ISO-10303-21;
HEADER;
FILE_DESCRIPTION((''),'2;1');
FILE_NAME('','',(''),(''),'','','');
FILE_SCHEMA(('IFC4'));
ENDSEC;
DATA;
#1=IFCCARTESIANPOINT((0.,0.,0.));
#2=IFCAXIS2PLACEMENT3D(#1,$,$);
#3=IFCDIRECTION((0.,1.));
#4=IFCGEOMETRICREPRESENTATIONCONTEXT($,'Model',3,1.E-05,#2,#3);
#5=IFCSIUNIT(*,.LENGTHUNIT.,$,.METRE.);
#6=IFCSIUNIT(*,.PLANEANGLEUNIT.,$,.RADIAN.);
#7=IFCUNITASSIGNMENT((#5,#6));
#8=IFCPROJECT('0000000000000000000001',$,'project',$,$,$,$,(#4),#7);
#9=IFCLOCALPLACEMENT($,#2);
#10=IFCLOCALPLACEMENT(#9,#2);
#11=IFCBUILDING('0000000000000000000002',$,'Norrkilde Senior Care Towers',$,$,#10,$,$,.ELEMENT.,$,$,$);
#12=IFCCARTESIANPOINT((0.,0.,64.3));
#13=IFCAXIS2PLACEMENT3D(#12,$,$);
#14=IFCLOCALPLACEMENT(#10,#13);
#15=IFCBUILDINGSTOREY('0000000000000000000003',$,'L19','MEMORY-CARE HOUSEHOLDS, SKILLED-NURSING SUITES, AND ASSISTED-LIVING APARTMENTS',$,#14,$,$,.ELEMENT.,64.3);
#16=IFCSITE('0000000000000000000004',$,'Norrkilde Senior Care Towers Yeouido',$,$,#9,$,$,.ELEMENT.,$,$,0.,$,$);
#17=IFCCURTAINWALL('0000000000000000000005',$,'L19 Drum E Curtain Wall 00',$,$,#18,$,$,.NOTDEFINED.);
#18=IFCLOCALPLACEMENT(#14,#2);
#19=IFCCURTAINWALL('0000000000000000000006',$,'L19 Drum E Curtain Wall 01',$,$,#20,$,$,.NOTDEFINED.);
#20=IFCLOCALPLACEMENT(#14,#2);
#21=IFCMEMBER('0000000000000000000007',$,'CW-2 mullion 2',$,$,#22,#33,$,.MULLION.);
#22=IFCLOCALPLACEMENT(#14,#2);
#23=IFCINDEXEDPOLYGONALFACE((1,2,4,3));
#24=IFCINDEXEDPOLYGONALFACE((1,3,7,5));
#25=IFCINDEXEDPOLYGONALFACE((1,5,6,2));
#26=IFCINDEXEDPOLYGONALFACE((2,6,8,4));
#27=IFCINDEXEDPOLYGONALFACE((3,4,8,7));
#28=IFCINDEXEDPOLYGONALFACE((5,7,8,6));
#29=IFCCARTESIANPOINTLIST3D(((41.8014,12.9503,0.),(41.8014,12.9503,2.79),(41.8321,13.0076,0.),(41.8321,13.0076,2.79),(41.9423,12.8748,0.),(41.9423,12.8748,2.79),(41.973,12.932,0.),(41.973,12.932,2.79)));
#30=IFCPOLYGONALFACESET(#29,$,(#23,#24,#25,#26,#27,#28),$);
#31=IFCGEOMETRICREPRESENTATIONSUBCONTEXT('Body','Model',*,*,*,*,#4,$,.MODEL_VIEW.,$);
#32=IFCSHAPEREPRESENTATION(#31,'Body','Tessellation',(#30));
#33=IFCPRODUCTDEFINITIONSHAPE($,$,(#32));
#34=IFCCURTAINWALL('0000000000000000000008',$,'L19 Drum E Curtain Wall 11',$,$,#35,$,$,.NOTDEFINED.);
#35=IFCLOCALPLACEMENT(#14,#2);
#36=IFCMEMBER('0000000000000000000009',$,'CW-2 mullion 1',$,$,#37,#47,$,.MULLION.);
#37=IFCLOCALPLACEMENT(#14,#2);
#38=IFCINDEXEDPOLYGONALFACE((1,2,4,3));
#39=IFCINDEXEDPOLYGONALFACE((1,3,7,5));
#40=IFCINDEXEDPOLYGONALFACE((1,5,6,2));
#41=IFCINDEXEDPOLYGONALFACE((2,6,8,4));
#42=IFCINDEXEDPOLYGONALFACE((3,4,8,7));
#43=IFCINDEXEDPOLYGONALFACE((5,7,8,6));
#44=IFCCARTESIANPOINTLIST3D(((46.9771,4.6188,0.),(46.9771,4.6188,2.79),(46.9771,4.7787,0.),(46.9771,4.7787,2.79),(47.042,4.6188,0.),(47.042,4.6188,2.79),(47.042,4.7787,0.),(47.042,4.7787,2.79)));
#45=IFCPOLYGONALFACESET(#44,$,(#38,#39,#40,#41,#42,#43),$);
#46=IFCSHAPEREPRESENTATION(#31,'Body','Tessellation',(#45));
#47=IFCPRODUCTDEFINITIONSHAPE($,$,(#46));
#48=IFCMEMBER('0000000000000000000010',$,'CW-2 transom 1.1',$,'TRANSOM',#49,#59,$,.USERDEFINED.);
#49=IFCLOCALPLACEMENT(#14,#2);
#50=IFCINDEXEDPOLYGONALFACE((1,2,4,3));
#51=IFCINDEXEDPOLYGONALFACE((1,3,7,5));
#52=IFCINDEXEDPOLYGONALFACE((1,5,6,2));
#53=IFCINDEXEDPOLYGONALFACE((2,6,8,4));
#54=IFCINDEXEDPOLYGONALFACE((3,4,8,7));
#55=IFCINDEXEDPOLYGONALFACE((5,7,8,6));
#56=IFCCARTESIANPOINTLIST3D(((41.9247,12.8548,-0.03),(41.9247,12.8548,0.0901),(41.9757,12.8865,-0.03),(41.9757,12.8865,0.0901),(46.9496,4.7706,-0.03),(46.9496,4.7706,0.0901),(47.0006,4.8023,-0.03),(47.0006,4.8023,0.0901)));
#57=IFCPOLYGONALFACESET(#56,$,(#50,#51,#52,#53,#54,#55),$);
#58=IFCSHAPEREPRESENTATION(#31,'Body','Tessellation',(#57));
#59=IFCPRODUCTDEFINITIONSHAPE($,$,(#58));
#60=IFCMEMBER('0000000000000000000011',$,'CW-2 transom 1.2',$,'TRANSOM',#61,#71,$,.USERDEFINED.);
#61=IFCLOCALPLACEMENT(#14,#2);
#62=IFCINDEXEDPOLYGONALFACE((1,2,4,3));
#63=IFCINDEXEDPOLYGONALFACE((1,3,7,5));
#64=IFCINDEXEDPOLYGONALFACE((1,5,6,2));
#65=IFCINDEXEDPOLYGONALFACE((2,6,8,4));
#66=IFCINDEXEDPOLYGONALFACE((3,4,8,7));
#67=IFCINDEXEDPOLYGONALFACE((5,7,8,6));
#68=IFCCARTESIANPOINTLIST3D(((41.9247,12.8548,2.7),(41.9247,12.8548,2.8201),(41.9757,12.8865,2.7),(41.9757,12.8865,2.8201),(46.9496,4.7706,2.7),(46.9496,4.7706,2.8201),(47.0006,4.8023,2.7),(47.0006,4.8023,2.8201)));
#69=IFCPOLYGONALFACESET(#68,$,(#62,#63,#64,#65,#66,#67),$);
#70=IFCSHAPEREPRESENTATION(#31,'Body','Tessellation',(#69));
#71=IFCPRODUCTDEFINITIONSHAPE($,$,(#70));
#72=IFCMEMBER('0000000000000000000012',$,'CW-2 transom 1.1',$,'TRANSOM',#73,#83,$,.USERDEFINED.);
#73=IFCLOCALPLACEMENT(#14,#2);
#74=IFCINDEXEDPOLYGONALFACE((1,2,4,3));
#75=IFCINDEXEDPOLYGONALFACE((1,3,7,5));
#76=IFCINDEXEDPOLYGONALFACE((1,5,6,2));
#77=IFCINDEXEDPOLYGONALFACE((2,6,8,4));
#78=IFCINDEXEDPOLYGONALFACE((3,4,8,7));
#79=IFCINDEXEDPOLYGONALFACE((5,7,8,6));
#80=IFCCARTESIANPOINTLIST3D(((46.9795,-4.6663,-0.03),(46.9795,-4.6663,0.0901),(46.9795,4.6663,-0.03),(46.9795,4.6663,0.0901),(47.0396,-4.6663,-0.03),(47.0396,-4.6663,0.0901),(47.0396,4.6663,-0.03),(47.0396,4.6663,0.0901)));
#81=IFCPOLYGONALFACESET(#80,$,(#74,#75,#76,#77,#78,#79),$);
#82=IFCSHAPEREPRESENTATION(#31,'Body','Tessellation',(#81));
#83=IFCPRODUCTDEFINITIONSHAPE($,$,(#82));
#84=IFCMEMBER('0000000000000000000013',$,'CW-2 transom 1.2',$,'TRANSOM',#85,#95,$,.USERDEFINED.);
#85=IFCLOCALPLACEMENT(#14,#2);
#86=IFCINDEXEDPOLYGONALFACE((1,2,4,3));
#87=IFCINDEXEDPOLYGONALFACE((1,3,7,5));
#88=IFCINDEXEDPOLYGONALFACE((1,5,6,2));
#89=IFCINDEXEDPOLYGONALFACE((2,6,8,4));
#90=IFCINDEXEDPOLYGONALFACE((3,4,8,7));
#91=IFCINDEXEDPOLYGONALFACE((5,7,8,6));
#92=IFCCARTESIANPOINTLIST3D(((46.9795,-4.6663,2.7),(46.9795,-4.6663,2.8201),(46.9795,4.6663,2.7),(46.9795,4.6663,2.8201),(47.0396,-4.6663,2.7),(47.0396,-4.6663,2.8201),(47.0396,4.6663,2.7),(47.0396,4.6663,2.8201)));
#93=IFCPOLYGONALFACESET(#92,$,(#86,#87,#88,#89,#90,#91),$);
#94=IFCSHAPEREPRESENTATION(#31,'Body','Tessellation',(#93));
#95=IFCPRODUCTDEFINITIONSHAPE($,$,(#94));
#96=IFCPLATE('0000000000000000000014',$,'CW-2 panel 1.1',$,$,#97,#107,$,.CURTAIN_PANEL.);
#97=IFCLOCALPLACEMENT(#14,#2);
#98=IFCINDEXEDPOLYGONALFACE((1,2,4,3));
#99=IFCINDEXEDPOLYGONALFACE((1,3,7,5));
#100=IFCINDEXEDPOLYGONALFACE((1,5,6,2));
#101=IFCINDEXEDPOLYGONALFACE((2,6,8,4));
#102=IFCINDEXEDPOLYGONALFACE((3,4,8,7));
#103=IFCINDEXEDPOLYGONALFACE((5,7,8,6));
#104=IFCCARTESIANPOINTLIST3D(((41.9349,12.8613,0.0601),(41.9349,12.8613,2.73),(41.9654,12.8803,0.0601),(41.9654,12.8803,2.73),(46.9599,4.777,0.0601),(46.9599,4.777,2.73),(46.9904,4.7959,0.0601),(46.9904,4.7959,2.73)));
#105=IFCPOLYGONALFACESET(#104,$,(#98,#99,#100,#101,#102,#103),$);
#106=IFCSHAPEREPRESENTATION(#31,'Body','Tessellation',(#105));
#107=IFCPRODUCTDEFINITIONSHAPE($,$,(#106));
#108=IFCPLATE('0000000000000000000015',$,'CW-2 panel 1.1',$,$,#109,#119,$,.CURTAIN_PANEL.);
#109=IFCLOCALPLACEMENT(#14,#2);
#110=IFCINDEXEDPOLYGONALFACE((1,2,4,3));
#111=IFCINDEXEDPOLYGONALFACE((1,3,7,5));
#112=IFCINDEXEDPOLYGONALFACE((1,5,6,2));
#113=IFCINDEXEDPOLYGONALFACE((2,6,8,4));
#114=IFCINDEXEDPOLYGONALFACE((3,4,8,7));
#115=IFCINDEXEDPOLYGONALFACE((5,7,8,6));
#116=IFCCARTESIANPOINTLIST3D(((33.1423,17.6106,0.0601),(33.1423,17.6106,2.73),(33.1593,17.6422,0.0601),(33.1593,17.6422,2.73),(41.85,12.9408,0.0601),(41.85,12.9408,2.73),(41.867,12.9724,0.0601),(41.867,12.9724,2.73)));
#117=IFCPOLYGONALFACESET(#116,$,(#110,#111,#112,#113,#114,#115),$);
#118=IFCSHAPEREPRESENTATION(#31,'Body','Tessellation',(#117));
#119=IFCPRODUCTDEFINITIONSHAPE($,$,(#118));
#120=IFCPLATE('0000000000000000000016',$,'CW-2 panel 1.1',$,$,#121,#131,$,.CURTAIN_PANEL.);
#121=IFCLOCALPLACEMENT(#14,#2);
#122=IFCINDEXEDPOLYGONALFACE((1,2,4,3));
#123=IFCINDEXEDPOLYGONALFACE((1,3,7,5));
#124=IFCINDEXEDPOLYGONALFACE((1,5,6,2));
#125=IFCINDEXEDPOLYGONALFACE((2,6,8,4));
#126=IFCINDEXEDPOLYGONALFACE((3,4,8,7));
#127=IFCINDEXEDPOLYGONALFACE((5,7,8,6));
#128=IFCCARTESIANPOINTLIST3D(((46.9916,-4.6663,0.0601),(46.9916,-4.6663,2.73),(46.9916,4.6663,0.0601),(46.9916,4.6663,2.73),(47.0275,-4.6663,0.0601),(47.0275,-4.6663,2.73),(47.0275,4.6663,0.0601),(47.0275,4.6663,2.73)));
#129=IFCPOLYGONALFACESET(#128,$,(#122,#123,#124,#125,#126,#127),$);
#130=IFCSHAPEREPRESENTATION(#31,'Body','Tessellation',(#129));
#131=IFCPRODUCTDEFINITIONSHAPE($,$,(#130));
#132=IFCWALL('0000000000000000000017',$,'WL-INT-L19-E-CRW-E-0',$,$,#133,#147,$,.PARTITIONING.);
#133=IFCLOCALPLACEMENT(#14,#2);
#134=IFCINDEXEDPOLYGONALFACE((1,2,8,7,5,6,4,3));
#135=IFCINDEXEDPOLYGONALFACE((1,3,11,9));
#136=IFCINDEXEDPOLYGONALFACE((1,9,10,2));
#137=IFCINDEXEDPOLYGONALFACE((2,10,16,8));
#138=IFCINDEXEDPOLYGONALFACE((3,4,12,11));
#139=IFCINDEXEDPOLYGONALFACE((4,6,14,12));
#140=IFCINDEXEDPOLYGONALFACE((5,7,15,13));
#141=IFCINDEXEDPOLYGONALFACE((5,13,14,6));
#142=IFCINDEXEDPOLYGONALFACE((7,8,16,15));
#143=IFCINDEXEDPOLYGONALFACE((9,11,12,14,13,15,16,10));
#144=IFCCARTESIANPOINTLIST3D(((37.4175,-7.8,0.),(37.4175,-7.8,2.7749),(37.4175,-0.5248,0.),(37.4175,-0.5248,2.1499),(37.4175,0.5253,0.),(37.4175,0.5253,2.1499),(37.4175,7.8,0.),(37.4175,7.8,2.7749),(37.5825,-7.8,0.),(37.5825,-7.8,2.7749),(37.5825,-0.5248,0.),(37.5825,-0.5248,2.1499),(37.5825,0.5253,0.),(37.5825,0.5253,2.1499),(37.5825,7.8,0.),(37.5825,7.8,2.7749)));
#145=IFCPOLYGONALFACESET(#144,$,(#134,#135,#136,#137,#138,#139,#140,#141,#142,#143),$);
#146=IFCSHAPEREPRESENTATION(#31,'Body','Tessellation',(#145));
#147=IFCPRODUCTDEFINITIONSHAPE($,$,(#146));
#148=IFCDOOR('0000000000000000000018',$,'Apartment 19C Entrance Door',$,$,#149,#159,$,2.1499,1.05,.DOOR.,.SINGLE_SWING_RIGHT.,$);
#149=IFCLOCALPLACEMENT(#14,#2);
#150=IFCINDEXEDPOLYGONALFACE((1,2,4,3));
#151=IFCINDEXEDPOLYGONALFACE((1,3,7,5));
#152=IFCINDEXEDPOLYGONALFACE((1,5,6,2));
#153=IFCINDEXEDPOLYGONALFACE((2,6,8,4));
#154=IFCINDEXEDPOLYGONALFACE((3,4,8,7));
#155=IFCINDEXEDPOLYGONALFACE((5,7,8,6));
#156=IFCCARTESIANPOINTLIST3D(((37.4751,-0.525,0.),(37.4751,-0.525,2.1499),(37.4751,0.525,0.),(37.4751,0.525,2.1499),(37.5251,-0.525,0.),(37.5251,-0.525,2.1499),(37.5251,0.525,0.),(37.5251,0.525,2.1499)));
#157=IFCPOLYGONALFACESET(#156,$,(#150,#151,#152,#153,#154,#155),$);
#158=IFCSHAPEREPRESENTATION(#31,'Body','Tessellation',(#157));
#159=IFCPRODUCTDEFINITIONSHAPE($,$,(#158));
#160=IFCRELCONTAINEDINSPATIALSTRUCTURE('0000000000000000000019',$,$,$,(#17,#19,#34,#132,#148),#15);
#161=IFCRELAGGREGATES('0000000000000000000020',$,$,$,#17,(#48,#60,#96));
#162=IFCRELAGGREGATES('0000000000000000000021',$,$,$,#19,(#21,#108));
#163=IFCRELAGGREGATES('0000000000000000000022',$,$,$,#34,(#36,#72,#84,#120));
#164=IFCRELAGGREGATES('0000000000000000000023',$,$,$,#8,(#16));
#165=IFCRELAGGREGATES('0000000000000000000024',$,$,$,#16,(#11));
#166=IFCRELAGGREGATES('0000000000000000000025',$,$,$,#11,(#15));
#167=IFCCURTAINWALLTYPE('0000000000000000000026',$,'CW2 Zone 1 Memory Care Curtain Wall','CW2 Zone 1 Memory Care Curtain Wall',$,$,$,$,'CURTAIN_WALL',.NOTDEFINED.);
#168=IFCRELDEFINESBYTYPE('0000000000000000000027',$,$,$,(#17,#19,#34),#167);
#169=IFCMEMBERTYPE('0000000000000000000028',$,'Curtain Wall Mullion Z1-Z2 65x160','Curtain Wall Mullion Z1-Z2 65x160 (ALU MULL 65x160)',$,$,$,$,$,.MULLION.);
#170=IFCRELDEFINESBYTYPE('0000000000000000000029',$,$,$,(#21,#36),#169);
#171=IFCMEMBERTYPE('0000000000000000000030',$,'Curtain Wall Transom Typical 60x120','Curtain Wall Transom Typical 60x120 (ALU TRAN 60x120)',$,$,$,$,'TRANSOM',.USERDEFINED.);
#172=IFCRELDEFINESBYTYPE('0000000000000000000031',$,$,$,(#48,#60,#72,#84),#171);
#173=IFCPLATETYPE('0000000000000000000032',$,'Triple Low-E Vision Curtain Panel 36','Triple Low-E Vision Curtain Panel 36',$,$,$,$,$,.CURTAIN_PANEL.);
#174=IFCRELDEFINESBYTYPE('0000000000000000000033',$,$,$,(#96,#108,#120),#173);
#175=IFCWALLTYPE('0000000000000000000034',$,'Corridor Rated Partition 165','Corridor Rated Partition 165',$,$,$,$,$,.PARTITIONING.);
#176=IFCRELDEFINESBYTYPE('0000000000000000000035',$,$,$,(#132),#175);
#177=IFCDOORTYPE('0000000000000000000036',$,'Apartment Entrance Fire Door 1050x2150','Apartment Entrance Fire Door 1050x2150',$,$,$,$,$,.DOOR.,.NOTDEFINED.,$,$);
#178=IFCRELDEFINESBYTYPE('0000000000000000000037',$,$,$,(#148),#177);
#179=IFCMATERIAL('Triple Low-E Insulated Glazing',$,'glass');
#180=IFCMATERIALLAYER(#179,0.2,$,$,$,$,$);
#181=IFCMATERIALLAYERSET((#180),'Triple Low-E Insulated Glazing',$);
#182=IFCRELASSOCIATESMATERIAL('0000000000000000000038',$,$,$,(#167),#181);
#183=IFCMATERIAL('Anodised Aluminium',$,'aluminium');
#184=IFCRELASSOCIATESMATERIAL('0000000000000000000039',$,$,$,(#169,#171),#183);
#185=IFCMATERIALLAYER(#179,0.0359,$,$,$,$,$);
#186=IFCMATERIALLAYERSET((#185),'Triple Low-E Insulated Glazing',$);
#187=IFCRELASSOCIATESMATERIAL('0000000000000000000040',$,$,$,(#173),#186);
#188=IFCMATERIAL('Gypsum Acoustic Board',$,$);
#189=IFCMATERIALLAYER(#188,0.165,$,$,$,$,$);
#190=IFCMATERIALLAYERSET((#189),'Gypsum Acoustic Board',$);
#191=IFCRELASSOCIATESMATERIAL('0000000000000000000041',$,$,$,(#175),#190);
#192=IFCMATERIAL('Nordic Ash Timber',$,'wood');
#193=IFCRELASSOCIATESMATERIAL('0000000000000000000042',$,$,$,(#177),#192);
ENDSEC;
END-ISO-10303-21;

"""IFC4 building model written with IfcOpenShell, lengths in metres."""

from ifc_helpers import new_model, si_unit, direction, frame, frame_2d, origin, origin_2d, place, context, subcontext, project, spatial, rectangle, extrude, source, transform, mapped, material, layer, layer_set, material_profile, profile_set, type_object, type_shapes, element, fill, aggregate, save


model = new_model("IFC4")

# Units and contexts
model_context = context("Model", 3, precision=1e-05, world=origin(), true_north=direction((0.0, 1.0)))
body_context = subcontext(model_context, "Body", "Model", "MODEL_VIEW")
ifc_project = project(units=[si_unit("LENGTHUNIT", "METRE"), si_unit("PLANEANGLEUNIT", "RADIAN")], contexts=[model_context])

# Site, building, storey
site_placement = place(None, origin())
site = spatial("IfcSite", under=ifc_project, at=site_placement, Name="Norrkilde Senior Care Towers Yeouido", CompositionType="ELEMENT", RefElevation=0.0)
building_placement = place(site_placement, origin())
building = spatial("IfcBuilding", under=site, at=building_placement, Name="Norrkilde Senior Care Towers", CompositionType="ELEMENT")
storey_placement = place(building_placement, frame((0.0, 0.0, 64.3)))
storey = spatial("IfcBuildingStorey", under=building, at=storey_placement, Name="L19", Description="MEMORY-CARE HOUSEHOLDS, SKILLED-NURSING SUITES, AND ASSISTED-LIVING APARTMENTS", CompositionType="ELEMENT", Elevation=64.3)

# Curtain wall
ifc_material_1 = material(Name="Triple Low-E Insulated Glazing", Category="glass")
ifc_layer_1 = layer(ifc_material_1, 0.2)
ifc_layer_set_1 = layer_set([ifc_layer_1], Name="Triple Low-E Insulated Glazing")
curtain_wall_type = type_object("IfcCurtainWallType", Name="CW2 Zone 1 Memory Care Curtain Wall", Description="CW2 Zone 1 Memory Care Curtain Wall", ElementType="CURTAIN_WALL", PredefinedType="NOTDEFINED", material=ifc_layer_set_1)
curtain_wall_1_placement = place(storey_placement, origin())
curtain_wall_1 = element("IfcCurtainWall", 1, at=curtain_wall_1_placement, inside=storey, type_object=curtain_wall_type, Name="L19 Drum E Curtain Wall 00", PredefinedType="NOTDEFINED")
ifc_material_2 = material(Name="Anodised Aluminium", Category="aluminium")
ifc_material_profile_1 = material_profile(ifc_material_2, rectangle(XDim=0.0649, YDim=0.1599, at=origin_2d()), Name="ALU MULL 65x160")
ifc_profile_set_1 = profile_set([ifc_material_profile_1], Name="Anodised Aluminium")
member_type_1 = type_object("IfcMemberType", Name="Curtain Wall Mullion Z1-Z2 65x160", Description="Curtain Wall Mullion Z1-Z2 65x160 (ALU MULL 65x160)", PredefinedType="MULLION", material=ifc_profile_set_1)
shared_shape_1 = source(origin(), body_context, "Body", "SweptSolid", [
    extrude(rectangle(XDim=0.0649, YDim=0.1599, at=origin_2d()), origin(), (0.0, 0.0, 1.0), 2.79),
])
type_shapes(member_type_1, [shared_shape_1])

# Curtain walls, members
curtain_wall_2_placement = place(storey_placement, origin())
curtain_wall_2 = element("IfcCurtainWall", 2, at=curtain_wall_2_placement, inside=storey, type_object=curtain_wall_type, Name="L19 Drum E Curtain Wall 01", PredefinedType="NOTDEFINED")
member_1_placement = place(storey_placement, frame((41.8872, 12.9412, 0.0), z_axis=(0.0, 0.0, 1.0), x_axis=(0.472608, 0.881273, 0.0)))
member_1 = element("IfcMember", 3, at=member_1_placement, type_object=member_type_1, Name="CW-2 mullion 2", PredefinedType="MULLION", context=body_context, shape_type="MappedRepresentation", body=[
    mapped(shared_shape_1, transform((0.0, 0.0, 0.0), x_axis=(1.0, 0.0, 0.0), y_axis=(0.0, 1.0, 0.0), z_axis=(0.0, 0.0, 1.0), scale=1.0)),
])
curtain_wall_3_placement = place(storey_placement, origin())
curtain_wall_3 = element("IfcCurtainWall", 4, at=curtain_wall_3_placement, inside=storey, type_object=curtain_wall_type, Name="L19 Drum E Curtain Wall 11", PredefinedType="NOTDEFINED")
member_2_placement = place(storey_placement, frame((47.0095, 4.6987, 0.0), z_axis=(0.0, 0.0, 1.0), x_axis=(1.0, 0.0, 0.0)))
member_2 = element("IfcMember", 5, at=member_2_placement, type_object=member_type_1, Name="CW-2 mullion 1", PredefinedType="MULLION", context=body_context, shape_type="MappedRepresentation", body=[
    mapped(shared_shape_1, transform((0.0, 0.0, 0.0), x_axis=(1.0, 0.0, 0.0), y_axis=(0.0, 1.0, 0.0), z_axis=(0.0, 0.0, 1.0), scale=1.0)),
])

# Members
ifc_material_profile_2 = material_profile(ifc_material_2, rectangle(XDim=0.0601, YDim=0.1201, at=origin_2d()), Name="ALU TRAN 60x120")
ifc_profile_set_2 = profile_set([ifc_material_profile_2], Name="Anodised Aluminium")
member_type_2 = type_object("IfcMemberType", Name="Curtain Wall Transom Typical 60x120", Description="Curtain Wall Transom Typical 60x120 (ALU TRAN 60x120)", ElementType="TRANSOM", PredefinedType="USERDEFINED", material=ifc_profile_set_2)
shared_shape_2 = source(origin(), body_context, "Body", "SweptSolid", [
    extrude(rectangle(XDim=0.0601, YDim=0.1201, at=origin_2d()), origin(), (0.0, 0.0, 1.0), 9.5186),
])
member_3_placement = place(storey_placement, frame((41.9502, 12.8706, 0.03), z_axis=(0.527902, -0.849306, 0.0), x_axis=(0.849306, 0.527902, 0.0)))
member_3 = element("IfcMember", 6, at=member_3_placement, type_object=member_type_2, Name="CW-2 transom 1.1", ObjectType="TRANSOM", PredefinedType="USERDEFINED", context=body_context, shape_type="MappedRepresentation", body=[
    mapped(shared_shape_2, transform((0.0, 0.0, 0.0), x_axis=(1.0, 0.0, 0.0), y_axis=(0.0, 1.0, 0.0), z_axis=(0.0, 0.0, 1.0), scale=1.0)),
])
member_4_placement = place(storey_placement, frame((41.9502, 12.8706, 2.76), z_axis=(0.527902, -0.849306, 0.0), x_axis=(0.849306, 0.527902, 0.0)))
member_4 = element("IfcMember", 7, at=member_4_placement, type_object=member_type_2, Name="CW-2 transom 1.2", ObjectType="TRANSOM", PredefinedType="USERDEFINED", context=body_context, shape_type="MappedRepresentation", body=[
    mapped(shared_shape_2, transform((0.0, 0.0, 0.0), x_axis=(1.0, 0.0, 0.0), y_axis=(0.0, 1.0, 0.0), z_axis=(0.0, 0.0, 1.0), scale=1.0)),
])
shared_shape_3 = source(origin(), body_context, "Body", "SweptSolid", [
    extrude(rectangle(XDim=0.0601, YDim=0.1201, at=origin_2d()), origin(), (0.0, 0.0, 1.0), 9.3325),
])
type_shapes(member_type_2, [shared_shape_2, shared_shape_3])
member_5_placement = place(storey_placement, frame((47.0095, 4.6663, 0.03), z_axis=(0.0, -1.0, 0.0), x_axis=(1.0, 0.0, 0.0)))
member_5 = element("IfcMember", 8, at=member_5_placement, type_object=member_type_2, Name="CW-2 transom 1.1", ObjectType="TRANSOM", PredefinedType="USERDEFINED", context=body_context, shape_type="MappedRepresentation", body=[
    mapped(shared_shape_3, transform((0.0, 0.0, 0.0), x_axis=(1.0, 0.0, 0.0), y_axis=(0.0, 1.0, 0.0), z_axis=(0.0, 0.0, 1.0), scale=1.0)),
])
member_6_placement = place(storey_placement, frame((47.0095, 4.6663, 2.76), z_axis=(0.0, -1.0, 0.0), x_axis=(1.0, 0.0, 0.0)))
member_6 = element("IfcMember", 9, at=member_6_placement, type_object=member_type_2, Name="CW-2 transom 1.2", ObjectType="TRANSOM", PredefinedType="USERDEFINED", context=body_context, shape_type="MappedRepresentation", body=[
    mapped(shared_shape_3, transform((0.0, 0.0, 0.0), x_axis=(1.0, 0.0, 0.0), y_axis=(0.0, 1.0, 0.0), z_axis=(0.0, 0.0, 1.0), scale=1.0)),
])

# Plates
ifc_layer_2 = layer(ifc_material_1, 0.0359)
ifc_layer_set_2 = layer_set([ifc_layer_2], Name="Triple Low-E Insulated Glazing")
plate_type = type_object("IfcPlateType", Name="Triple Low-E Vision Curtain Panel 36", Description="Triple Low-E Vision Curtain Panel 36", PredefinedType="CURTAIN_PANEL", material=ifc_layer_set_2)
shared_shape_4 = source(origin(), body_context, "Body", "SweptSolid", [
    extrude(rectangle(XDim=9.5188, YDim=0.0359, at=origin_2d()), origin(), (0.0, 0.0, 1.0), 2.6699),
])
plate_1_placement = place(storey_placement, frame((44.4626, 8.8286, 0.0601), z_axis=(0.0, 0.0, 1.0), x_axis=(0.527901, -0.849306, 0.0)))
plate_1 = element("IfcPlate", 10, at=plate_1_placement, type_object=plate_type, Name="CW-2 panel 1.1", PredefinedType="CURTAIN_PANEL", context=body_context, shape_type="MappedRepresentation", body=[
    mapped(shared_shape_4, transform((0.0, 0.0, 0.0), x_axis=(1.0, 0.0, 0.0), y_axis=(0.0, 1.0, 0.0), z_axis=(0.0, 0.0, 1.0), scale=1.0)),
])
aggregate(curtain_wall_1, [member_3, member_4, plate_1])
shared_shape_5 = source(origin(), body_context, "Body", "SweptSolid", [
    extrude(rectangle(XDim=9.8809, YDim=0.0359, at=origin_2d()), origin(), (0.0, 0.0, 1.0), 2.6699),
])
plate_2_placement = place(storey_placement, frame((37.5046, 15.2915, 0.0601), z_axis=(0.0, 0.0, 1.0), x_axis=(0.881273, -0.472608, 0.0)))
plate_2 = element("IfcPlate", 11, at=plate_2_placement, type_object=plate_type, Name="CW-2 panel 1.1", PredefinedType="CURTAIN_PANEL", context=body_context, shape_type="MappedRepresentation", body=[
    mapped(shared_shape_5, transform((0.0, 0.0, 0.0), x_axis=(1.0, 0.0, 0.0), y_axis=(0.0, 1.0, 0.0), z_axis=(0.0, 0.0, 1.0), scale=1.0)),
])
aggregate(curtain_wall_2, [member_1, plate_2])
shared_shape_6 = source(origin(), body_context, "Body", "SweptSolid", [
    extrude(rectangle(XDim=9.3325, YDim=0.0359, at=origin_2d()), origin(), (0.0, 0.0, 1.0), 2.6699),
])
type_shapes(plate_type, [shared_shape_4, shared_shape_5, shared_shape_6])
plate_3_placement = place(storey_placement, frame((47.0095, 0.0, 0.0601), z_axis=(0.0, 0.0, 1.0), x_axis=(0.0, -1.0, 0.0)))
plate_3 = element("IfcPlate", 12, at=plate_3_placement, type_object=plate_type, Name="CW-2 panel 1.1", PredefinedType="CURTAIN_PANEL", context=body_context, shape_type="MappedRepresentation", body=[
    mapped(shared_shape_6, transform((0.0, 0.0, 0.0), x_axis=(1.0, 0.0, 0.0), y_axis=(0.0, 1.0, 0.0), z_axis=(0.0, 0.0, 1.0), scale=1.0)),
])
aggregate(curtain_wall_3, [member_2, member_5, member_6, plate_3])

# Wall, opening, door
ifc_material_3 = material(Name="Gypsum Acoustic Board")
ifc_layer_3 = layer(ifc_material_3, 0.165)
ifc_layer_set_3 = layer_set([ifc_layer_3], Name="Gypsum Acoustic Board")
wall_type_1 = type_object("IfcWallType", Name="Corridor Rated Partition 165", Description="Corridor Rated Partition 165", PredefinedType="PARTITIONING", material=ifc_layer_set_3)
shared_shape_7 = source(origin(), body_context, "Body", "SweptSolid", [
    extrude(rectangle(XDim=15.6001, YDim=0.165, at=frame_2d((7.8, 0.0))), origin(), (0.0, 0.0, 1.0), 2.7749),
])
type_shapes(wall_type_1, [shared_shape_7])
wall_1_placement = place(storey_placement, frame((37.5, 7.8, 0.0), z_axis=(0.0, 0.0, 1.0), x_axis=(0.0, -1.0, 0.0)))
wall_1 = element("IfcWall", 13, at=wall_1_placement, inside=storey, type_object=wall_type_1, Name="WL-INT-L19-E-CRW-E-0", PredefinedType="PARTITIONING", context=body_context, shape_type="MappedRepresentation", body=[
    mapped(shared_shape_7, transform((0.0, 0.0, 0.0), x_axis=(1.0, 0.0, 0.0), y_axis=(0.0, 1.0, 0.0), z_axis=(0.0, 0.0, 1.0), scale=1.0)),
])
opening_1_placement = place(wall_1_placement, frame((7.2749, 0.0, 0.0)))
opening_1 = element("IfcOpeningElement", 14, at=opening_1_placement, cuts=wall_1, PredefinedType="OPENING", context=body_context, shape_type="SweptSolid", body=[
    extrude(rectangle(XDim=1.05, YDim=2.1499, at=frame_2d((0.5249, 1.075))), frame((0.0, 0.0925, 0.0), z_axis=(0.0, -1.0, 0.0), x_axis=(1.0, 0.0, 0.0)), (0.0, 0.0, 1.0), 0.1851),
])
ifc_material_4 = material(Name="Nordic Ash Timber", Category="wood")
door_type_1 = type_object("IfcDoorType", Name="Apartment Entrance Fire Door 1050x2150", Description="Apartment Entrance Fire Door 1050x2150", OperationType="NOTDEFINED", PredefinedType="DOOR", material=ifc_material_4)
shared_shape_8 = source(origin(), body_context, "Body", "SweptSolid", [
    extrude(rectangle(XDim=1.05, YDim=2.1499, at=frame_2d((0.5249, 1.075))), frame((0.0, 0.0249, 0.0), z_axis=(0.0, -1.0, 0.0), x_axis=(1.0, 0.0, 0.0)), (0.0, 0.0, 1.0), 0.05),
])
type_shapes(door_type_1, [shared_shape_8])
door_1_placement = place(opening_1_placement, frame((1.05, 0.0, 0.0), z_axis=(0.0, 0.0, 1.0), x_axis=(-1.0, 0.0, 0.0)))
door_1 = element("IfcDoor", 15, at=door_1_placement, inside=storey, type_object=door_type_1, Name="Apartment 19C Entrance Door", OperationType="SINGLE_SWING_RIGHT", OverallHeight=2.1499, OverallWidth=1.05, PredefinedType="DOOR", context=body_context, shape_type="MappedRepresentation", body=[
    mapped(shared_shape_8, transform((0.0, 0.0, 0.0), x_axis=(1.0, 0.0, 0.0), y_axis=(0.0, 1.0, 0.0), z_axis=(0.0, 0.0, 1.0), scale=1.0)),
])
fill(opening_1, door_1)

save(model, "model.ifc")
